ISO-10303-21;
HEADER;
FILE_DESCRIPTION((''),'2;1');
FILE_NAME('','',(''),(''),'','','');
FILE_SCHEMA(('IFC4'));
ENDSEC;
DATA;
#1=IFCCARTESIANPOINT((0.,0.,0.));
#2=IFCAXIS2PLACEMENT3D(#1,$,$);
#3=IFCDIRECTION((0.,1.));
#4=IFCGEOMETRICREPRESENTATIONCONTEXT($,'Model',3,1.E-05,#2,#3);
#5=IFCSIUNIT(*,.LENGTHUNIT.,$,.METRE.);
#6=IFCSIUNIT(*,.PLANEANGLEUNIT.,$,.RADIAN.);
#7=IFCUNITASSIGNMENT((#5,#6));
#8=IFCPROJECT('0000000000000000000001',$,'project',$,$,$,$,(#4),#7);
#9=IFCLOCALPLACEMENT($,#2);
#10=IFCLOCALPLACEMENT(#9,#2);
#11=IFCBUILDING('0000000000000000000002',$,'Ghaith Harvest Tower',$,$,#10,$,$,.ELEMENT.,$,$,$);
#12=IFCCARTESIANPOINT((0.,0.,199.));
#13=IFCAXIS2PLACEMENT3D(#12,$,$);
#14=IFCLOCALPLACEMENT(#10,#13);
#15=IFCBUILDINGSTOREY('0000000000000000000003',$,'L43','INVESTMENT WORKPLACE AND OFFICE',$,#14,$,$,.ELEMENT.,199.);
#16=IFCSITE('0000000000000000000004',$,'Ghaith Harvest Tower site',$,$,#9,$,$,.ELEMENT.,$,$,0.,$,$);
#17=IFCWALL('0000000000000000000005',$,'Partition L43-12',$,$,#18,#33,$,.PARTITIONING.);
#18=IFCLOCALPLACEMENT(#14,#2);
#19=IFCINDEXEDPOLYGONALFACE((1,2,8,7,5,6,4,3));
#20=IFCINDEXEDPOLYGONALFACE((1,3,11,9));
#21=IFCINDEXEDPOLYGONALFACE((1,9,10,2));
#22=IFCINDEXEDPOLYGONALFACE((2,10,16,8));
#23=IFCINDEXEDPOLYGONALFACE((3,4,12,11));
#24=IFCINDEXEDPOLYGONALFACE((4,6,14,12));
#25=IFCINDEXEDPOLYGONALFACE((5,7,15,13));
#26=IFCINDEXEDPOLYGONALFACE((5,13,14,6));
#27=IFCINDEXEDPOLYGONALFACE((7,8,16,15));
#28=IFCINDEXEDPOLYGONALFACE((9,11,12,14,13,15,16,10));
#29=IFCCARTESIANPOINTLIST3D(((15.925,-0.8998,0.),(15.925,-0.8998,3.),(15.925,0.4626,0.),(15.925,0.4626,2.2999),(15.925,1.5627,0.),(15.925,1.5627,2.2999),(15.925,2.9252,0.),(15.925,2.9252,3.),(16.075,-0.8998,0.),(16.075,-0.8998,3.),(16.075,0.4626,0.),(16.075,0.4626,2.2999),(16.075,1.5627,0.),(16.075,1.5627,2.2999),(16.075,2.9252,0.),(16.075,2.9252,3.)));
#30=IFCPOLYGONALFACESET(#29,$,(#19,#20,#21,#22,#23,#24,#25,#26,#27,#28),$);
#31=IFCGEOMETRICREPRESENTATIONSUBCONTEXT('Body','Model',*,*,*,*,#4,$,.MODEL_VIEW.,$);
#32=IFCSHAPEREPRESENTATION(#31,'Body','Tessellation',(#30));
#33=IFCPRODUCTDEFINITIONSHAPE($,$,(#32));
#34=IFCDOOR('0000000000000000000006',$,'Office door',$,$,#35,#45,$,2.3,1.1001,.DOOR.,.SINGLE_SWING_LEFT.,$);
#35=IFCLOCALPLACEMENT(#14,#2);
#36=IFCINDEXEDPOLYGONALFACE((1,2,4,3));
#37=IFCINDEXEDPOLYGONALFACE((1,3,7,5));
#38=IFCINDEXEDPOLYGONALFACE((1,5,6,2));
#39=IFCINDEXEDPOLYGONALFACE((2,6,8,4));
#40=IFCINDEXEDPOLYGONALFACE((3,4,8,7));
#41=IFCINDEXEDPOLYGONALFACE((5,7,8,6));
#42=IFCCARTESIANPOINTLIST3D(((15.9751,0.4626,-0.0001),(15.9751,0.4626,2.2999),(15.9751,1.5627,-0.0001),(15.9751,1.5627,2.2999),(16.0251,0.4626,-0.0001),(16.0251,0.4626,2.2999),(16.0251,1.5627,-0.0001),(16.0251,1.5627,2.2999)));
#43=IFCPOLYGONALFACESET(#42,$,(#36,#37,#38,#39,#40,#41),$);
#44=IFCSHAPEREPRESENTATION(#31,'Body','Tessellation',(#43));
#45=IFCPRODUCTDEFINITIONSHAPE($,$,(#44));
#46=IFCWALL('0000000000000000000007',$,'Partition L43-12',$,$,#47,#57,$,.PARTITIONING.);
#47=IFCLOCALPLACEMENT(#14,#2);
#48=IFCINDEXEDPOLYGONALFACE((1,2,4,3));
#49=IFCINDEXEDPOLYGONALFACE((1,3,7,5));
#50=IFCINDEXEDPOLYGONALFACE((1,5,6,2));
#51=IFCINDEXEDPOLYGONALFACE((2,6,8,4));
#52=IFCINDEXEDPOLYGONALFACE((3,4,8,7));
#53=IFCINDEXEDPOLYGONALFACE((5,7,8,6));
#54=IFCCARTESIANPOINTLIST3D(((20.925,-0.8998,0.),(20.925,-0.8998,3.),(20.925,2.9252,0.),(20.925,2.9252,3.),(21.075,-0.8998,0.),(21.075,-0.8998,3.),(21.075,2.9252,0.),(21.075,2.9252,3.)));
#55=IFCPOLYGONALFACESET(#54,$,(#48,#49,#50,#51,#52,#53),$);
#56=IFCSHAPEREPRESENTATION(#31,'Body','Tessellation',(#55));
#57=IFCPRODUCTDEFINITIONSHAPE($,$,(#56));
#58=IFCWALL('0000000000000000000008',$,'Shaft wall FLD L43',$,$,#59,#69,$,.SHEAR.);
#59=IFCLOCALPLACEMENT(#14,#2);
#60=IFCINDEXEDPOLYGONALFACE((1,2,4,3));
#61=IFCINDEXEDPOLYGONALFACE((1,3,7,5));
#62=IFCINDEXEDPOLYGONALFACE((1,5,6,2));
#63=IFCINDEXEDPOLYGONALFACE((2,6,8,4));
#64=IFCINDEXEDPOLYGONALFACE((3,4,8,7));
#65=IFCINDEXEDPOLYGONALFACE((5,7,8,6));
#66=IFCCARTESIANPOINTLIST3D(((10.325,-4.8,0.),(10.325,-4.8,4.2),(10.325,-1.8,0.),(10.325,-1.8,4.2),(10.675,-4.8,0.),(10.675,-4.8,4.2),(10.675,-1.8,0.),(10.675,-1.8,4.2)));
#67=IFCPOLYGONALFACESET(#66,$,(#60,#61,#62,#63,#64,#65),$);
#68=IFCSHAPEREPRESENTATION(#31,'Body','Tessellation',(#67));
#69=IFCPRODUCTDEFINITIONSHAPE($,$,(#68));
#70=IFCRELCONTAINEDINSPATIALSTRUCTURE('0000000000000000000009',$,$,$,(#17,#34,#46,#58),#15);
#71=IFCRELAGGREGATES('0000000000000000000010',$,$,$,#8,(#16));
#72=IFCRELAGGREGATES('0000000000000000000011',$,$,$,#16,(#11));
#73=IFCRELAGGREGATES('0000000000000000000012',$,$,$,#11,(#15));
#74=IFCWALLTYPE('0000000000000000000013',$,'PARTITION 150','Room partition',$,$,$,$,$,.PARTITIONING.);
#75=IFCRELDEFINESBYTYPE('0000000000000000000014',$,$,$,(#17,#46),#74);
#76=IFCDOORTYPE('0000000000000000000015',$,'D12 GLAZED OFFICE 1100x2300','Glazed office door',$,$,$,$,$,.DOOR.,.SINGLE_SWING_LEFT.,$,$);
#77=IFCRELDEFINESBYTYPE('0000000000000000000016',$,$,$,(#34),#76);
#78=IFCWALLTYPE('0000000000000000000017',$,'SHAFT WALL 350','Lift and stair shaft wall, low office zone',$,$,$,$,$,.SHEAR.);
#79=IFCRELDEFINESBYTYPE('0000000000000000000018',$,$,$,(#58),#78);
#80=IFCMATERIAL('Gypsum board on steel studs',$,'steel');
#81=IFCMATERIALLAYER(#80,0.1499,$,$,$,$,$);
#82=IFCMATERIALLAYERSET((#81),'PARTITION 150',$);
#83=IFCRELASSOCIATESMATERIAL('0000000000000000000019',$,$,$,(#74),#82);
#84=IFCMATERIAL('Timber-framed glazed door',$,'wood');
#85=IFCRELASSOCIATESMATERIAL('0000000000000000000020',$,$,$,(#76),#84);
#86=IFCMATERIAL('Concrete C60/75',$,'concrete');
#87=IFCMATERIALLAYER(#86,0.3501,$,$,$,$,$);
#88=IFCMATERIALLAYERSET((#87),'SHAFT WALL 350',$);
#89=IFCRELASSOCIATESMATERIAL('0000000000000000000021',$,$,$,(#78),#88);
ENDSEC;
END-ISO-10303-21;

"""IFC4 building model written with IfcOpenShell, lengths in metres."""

from ifc_helpers import new_model, si_unit, direction, frame, frame_2d, origin, place, context, subcontext, project, spatial, rectangle, extrude, material, layer, layer_set, type_object, element, fill, save


model = new_model("IFC4")

# Units and contexts
model_context = context("Model", 3, precision=1e-05, world=origin(), true_north=direction((0.0, 1.0)))
body_context = subcontext(model_context, "Body", "Model", "MODEL_VIEW")
ifc_project = project(units=[si_unit("LENGTHUNIT", "METRE"), si_unit("PLANEANGLEUNIT", "RADIAN")], contexts=[model_context])

# Site, building, storey
site_placement = place(None, origin())
site = spatial("IfcSite", under=ifc_project, at=site_placement, Name="Ghaith Harvest Tower site", CompositionType="ELEMENT", RefElevation=0.0)
building_placement = place(site_placement, origin())
building = spatial("IfcBuilding", under=site, at=building_placement, Name="Ghaith Harvest Tower", CompositionType="ELEMENT")
storey_placement = place(building_placement, frame((0.0, 0.0, 199.0)))
storey = spatial("IfcBuildingStorey", under=building, at=storey_placement, Name="L43", Description="INVESTMENT WORKPLACE AND OFFICE", CompositionType="ELEMENT", Elevation=199.0)

# Wall, opening, door
ifc_material_1 = material(Name="Gypsum board on steel studs", Category="steel")
ifc_layer_1 = layer(ifc_material_1, 0.1499)
ifc_layer_set_1 = layer_set([ifc_layer_1], Name="PARTITION 150")
wall_type_1 = type_object("IfcWallType", Name="PARTITION 150", Description="Room partition", PredefinedType="PARTITIONING", material=ifc_layer_set_1)
wall_1_placement = place(storey_placement, frame((16.0, -0.8999, 0.0), z_axis=(0.0, 0.0, 1.0), x_axis=(0.0, 1.0, 0.0)))
wall_1 = element("IfcWall", 1, at=wall_1_placement, inside=storey, type_object=wall_type_1, Name="Partition L43-12", PredefinedType="PARTITIONING", context=body_context, shape_type="SweptSolid", body=[
    extrude(rectangle(XDim=3.825, YDim=0.1499, at=frame_2d((1.9126, 0.0))), origin(), (0.0, 0.0, 1.0), 3.0),
])
opening_1_placement = place(wall_1_placement, frame((1.3625, 0.0, 0.0)))
opening_1 = element("IfcOpeningElement", 2, at=opening_1_placement, cuts=wall_1, PredefinedType="OPENING", context=body_context, shape_type="SweptSolid", body=[
    extrude(rectangle(XDim=1.1001, YDim=2.3, at=frame_2d((0.55, 1.1499))), frame((0.0, 0.085, 0.0), z_axis=(0.0, -1.0, 0.0), x_axis=(1.0, 0.0, 0.0)), (0.0, 0.0, 1.0), 0.1699),
])
ifc_material_2 = material(Name="Timber-framed glazed door", Category="wood")
door_type_1 = type_object("IfcDoorType", Name="D12 GLAZED OFFICE 1100x2300", Description="Glazed office door", OperationType="SINGLE_SWING_LEFT", PredefinedType="DOOR", material=ifc_material_2)
door_1_placement = place(opening_1_placement, origin())
door_1 = element("IfcDoor", 3, at=door_1_placement, inside=storey, type_object=door_type_1, Name="Office door", OperationType="SINGLE_SWING_LEFT", OverallHeight=2.3, OverallWidth=1.1001, PredefinedType="DOOR", context=body_context, shape_type="SweptSolid", body=[
    extrude(rectangle(XDim=1.1001, YDim=2.3, at=frame_2d((0.55, 1.1499))), frame((0.0, 0.0249, 0.0), z_axis=(0.0, -1.0, 0.0), x_axis=(1.0, 0.0, 0.0)), (0.0, 0.0, 1.0), 0.05),
])
fill(opening_1, door_1)

# Walls
wall_2_placement = place(storey_placement, frame((21.0, -0.8999, 0.0), z_axis=(0.0, 0.0, 1.0), x_axis=(0.0, 1.0, 0.0)))
element("IfcWall", 4, at=wall_2_placement, inside=storey, type_object=wall_type_1, Name="Partition L43-12", PredefinedType="PARTITIONING", context=body_context, shape_type="SweptSolid", body=[
    extrude(rectangle(XDim=3.825, YDim=0.1499, at=frame_2d((1.9126, 0.0))), origin(), (0.0, 0.0, 1.0), 3.0),
])
ifc_material_3 = material(Name="Concrete C60/75", Category="concrete")
ifc_layer_2 = layer(ifc_material_3, 0.3501)
ifc_layer_set_2 = layer_set([ifc_layer_2], Name="SHAFT WALL 350")
wall_type_2 = type_object("IfcWallType", Name="SHAFT WALL 350", Description="Lift and stair shaft wall, low office zone", PredefinedType="SHEAR", material=ifc_layer_set_2)
wall_3_placement = place(storey_placement, frame((10.5, -4.8, 0.0), z_axis=(0.0, 0.0, 1.0), x_axis=(0.0, 1.0, 0.0)))
element("IfcWall", 5, at=wall_3_placement, inside=storey, type_object=wall_type_2, Name="Shaft wall FLD L43", PredefinedType="SHEAR", context=body_context, shape_type="SweptSolid", body=[
    extrude(rectangle(XDim=3.0, YDim=0.3501, at=frame_2d((1.5, 0.0))), origin(), (0.0, 0.0, 1.0), 4.2),
])

save(model, "model.ifc")
